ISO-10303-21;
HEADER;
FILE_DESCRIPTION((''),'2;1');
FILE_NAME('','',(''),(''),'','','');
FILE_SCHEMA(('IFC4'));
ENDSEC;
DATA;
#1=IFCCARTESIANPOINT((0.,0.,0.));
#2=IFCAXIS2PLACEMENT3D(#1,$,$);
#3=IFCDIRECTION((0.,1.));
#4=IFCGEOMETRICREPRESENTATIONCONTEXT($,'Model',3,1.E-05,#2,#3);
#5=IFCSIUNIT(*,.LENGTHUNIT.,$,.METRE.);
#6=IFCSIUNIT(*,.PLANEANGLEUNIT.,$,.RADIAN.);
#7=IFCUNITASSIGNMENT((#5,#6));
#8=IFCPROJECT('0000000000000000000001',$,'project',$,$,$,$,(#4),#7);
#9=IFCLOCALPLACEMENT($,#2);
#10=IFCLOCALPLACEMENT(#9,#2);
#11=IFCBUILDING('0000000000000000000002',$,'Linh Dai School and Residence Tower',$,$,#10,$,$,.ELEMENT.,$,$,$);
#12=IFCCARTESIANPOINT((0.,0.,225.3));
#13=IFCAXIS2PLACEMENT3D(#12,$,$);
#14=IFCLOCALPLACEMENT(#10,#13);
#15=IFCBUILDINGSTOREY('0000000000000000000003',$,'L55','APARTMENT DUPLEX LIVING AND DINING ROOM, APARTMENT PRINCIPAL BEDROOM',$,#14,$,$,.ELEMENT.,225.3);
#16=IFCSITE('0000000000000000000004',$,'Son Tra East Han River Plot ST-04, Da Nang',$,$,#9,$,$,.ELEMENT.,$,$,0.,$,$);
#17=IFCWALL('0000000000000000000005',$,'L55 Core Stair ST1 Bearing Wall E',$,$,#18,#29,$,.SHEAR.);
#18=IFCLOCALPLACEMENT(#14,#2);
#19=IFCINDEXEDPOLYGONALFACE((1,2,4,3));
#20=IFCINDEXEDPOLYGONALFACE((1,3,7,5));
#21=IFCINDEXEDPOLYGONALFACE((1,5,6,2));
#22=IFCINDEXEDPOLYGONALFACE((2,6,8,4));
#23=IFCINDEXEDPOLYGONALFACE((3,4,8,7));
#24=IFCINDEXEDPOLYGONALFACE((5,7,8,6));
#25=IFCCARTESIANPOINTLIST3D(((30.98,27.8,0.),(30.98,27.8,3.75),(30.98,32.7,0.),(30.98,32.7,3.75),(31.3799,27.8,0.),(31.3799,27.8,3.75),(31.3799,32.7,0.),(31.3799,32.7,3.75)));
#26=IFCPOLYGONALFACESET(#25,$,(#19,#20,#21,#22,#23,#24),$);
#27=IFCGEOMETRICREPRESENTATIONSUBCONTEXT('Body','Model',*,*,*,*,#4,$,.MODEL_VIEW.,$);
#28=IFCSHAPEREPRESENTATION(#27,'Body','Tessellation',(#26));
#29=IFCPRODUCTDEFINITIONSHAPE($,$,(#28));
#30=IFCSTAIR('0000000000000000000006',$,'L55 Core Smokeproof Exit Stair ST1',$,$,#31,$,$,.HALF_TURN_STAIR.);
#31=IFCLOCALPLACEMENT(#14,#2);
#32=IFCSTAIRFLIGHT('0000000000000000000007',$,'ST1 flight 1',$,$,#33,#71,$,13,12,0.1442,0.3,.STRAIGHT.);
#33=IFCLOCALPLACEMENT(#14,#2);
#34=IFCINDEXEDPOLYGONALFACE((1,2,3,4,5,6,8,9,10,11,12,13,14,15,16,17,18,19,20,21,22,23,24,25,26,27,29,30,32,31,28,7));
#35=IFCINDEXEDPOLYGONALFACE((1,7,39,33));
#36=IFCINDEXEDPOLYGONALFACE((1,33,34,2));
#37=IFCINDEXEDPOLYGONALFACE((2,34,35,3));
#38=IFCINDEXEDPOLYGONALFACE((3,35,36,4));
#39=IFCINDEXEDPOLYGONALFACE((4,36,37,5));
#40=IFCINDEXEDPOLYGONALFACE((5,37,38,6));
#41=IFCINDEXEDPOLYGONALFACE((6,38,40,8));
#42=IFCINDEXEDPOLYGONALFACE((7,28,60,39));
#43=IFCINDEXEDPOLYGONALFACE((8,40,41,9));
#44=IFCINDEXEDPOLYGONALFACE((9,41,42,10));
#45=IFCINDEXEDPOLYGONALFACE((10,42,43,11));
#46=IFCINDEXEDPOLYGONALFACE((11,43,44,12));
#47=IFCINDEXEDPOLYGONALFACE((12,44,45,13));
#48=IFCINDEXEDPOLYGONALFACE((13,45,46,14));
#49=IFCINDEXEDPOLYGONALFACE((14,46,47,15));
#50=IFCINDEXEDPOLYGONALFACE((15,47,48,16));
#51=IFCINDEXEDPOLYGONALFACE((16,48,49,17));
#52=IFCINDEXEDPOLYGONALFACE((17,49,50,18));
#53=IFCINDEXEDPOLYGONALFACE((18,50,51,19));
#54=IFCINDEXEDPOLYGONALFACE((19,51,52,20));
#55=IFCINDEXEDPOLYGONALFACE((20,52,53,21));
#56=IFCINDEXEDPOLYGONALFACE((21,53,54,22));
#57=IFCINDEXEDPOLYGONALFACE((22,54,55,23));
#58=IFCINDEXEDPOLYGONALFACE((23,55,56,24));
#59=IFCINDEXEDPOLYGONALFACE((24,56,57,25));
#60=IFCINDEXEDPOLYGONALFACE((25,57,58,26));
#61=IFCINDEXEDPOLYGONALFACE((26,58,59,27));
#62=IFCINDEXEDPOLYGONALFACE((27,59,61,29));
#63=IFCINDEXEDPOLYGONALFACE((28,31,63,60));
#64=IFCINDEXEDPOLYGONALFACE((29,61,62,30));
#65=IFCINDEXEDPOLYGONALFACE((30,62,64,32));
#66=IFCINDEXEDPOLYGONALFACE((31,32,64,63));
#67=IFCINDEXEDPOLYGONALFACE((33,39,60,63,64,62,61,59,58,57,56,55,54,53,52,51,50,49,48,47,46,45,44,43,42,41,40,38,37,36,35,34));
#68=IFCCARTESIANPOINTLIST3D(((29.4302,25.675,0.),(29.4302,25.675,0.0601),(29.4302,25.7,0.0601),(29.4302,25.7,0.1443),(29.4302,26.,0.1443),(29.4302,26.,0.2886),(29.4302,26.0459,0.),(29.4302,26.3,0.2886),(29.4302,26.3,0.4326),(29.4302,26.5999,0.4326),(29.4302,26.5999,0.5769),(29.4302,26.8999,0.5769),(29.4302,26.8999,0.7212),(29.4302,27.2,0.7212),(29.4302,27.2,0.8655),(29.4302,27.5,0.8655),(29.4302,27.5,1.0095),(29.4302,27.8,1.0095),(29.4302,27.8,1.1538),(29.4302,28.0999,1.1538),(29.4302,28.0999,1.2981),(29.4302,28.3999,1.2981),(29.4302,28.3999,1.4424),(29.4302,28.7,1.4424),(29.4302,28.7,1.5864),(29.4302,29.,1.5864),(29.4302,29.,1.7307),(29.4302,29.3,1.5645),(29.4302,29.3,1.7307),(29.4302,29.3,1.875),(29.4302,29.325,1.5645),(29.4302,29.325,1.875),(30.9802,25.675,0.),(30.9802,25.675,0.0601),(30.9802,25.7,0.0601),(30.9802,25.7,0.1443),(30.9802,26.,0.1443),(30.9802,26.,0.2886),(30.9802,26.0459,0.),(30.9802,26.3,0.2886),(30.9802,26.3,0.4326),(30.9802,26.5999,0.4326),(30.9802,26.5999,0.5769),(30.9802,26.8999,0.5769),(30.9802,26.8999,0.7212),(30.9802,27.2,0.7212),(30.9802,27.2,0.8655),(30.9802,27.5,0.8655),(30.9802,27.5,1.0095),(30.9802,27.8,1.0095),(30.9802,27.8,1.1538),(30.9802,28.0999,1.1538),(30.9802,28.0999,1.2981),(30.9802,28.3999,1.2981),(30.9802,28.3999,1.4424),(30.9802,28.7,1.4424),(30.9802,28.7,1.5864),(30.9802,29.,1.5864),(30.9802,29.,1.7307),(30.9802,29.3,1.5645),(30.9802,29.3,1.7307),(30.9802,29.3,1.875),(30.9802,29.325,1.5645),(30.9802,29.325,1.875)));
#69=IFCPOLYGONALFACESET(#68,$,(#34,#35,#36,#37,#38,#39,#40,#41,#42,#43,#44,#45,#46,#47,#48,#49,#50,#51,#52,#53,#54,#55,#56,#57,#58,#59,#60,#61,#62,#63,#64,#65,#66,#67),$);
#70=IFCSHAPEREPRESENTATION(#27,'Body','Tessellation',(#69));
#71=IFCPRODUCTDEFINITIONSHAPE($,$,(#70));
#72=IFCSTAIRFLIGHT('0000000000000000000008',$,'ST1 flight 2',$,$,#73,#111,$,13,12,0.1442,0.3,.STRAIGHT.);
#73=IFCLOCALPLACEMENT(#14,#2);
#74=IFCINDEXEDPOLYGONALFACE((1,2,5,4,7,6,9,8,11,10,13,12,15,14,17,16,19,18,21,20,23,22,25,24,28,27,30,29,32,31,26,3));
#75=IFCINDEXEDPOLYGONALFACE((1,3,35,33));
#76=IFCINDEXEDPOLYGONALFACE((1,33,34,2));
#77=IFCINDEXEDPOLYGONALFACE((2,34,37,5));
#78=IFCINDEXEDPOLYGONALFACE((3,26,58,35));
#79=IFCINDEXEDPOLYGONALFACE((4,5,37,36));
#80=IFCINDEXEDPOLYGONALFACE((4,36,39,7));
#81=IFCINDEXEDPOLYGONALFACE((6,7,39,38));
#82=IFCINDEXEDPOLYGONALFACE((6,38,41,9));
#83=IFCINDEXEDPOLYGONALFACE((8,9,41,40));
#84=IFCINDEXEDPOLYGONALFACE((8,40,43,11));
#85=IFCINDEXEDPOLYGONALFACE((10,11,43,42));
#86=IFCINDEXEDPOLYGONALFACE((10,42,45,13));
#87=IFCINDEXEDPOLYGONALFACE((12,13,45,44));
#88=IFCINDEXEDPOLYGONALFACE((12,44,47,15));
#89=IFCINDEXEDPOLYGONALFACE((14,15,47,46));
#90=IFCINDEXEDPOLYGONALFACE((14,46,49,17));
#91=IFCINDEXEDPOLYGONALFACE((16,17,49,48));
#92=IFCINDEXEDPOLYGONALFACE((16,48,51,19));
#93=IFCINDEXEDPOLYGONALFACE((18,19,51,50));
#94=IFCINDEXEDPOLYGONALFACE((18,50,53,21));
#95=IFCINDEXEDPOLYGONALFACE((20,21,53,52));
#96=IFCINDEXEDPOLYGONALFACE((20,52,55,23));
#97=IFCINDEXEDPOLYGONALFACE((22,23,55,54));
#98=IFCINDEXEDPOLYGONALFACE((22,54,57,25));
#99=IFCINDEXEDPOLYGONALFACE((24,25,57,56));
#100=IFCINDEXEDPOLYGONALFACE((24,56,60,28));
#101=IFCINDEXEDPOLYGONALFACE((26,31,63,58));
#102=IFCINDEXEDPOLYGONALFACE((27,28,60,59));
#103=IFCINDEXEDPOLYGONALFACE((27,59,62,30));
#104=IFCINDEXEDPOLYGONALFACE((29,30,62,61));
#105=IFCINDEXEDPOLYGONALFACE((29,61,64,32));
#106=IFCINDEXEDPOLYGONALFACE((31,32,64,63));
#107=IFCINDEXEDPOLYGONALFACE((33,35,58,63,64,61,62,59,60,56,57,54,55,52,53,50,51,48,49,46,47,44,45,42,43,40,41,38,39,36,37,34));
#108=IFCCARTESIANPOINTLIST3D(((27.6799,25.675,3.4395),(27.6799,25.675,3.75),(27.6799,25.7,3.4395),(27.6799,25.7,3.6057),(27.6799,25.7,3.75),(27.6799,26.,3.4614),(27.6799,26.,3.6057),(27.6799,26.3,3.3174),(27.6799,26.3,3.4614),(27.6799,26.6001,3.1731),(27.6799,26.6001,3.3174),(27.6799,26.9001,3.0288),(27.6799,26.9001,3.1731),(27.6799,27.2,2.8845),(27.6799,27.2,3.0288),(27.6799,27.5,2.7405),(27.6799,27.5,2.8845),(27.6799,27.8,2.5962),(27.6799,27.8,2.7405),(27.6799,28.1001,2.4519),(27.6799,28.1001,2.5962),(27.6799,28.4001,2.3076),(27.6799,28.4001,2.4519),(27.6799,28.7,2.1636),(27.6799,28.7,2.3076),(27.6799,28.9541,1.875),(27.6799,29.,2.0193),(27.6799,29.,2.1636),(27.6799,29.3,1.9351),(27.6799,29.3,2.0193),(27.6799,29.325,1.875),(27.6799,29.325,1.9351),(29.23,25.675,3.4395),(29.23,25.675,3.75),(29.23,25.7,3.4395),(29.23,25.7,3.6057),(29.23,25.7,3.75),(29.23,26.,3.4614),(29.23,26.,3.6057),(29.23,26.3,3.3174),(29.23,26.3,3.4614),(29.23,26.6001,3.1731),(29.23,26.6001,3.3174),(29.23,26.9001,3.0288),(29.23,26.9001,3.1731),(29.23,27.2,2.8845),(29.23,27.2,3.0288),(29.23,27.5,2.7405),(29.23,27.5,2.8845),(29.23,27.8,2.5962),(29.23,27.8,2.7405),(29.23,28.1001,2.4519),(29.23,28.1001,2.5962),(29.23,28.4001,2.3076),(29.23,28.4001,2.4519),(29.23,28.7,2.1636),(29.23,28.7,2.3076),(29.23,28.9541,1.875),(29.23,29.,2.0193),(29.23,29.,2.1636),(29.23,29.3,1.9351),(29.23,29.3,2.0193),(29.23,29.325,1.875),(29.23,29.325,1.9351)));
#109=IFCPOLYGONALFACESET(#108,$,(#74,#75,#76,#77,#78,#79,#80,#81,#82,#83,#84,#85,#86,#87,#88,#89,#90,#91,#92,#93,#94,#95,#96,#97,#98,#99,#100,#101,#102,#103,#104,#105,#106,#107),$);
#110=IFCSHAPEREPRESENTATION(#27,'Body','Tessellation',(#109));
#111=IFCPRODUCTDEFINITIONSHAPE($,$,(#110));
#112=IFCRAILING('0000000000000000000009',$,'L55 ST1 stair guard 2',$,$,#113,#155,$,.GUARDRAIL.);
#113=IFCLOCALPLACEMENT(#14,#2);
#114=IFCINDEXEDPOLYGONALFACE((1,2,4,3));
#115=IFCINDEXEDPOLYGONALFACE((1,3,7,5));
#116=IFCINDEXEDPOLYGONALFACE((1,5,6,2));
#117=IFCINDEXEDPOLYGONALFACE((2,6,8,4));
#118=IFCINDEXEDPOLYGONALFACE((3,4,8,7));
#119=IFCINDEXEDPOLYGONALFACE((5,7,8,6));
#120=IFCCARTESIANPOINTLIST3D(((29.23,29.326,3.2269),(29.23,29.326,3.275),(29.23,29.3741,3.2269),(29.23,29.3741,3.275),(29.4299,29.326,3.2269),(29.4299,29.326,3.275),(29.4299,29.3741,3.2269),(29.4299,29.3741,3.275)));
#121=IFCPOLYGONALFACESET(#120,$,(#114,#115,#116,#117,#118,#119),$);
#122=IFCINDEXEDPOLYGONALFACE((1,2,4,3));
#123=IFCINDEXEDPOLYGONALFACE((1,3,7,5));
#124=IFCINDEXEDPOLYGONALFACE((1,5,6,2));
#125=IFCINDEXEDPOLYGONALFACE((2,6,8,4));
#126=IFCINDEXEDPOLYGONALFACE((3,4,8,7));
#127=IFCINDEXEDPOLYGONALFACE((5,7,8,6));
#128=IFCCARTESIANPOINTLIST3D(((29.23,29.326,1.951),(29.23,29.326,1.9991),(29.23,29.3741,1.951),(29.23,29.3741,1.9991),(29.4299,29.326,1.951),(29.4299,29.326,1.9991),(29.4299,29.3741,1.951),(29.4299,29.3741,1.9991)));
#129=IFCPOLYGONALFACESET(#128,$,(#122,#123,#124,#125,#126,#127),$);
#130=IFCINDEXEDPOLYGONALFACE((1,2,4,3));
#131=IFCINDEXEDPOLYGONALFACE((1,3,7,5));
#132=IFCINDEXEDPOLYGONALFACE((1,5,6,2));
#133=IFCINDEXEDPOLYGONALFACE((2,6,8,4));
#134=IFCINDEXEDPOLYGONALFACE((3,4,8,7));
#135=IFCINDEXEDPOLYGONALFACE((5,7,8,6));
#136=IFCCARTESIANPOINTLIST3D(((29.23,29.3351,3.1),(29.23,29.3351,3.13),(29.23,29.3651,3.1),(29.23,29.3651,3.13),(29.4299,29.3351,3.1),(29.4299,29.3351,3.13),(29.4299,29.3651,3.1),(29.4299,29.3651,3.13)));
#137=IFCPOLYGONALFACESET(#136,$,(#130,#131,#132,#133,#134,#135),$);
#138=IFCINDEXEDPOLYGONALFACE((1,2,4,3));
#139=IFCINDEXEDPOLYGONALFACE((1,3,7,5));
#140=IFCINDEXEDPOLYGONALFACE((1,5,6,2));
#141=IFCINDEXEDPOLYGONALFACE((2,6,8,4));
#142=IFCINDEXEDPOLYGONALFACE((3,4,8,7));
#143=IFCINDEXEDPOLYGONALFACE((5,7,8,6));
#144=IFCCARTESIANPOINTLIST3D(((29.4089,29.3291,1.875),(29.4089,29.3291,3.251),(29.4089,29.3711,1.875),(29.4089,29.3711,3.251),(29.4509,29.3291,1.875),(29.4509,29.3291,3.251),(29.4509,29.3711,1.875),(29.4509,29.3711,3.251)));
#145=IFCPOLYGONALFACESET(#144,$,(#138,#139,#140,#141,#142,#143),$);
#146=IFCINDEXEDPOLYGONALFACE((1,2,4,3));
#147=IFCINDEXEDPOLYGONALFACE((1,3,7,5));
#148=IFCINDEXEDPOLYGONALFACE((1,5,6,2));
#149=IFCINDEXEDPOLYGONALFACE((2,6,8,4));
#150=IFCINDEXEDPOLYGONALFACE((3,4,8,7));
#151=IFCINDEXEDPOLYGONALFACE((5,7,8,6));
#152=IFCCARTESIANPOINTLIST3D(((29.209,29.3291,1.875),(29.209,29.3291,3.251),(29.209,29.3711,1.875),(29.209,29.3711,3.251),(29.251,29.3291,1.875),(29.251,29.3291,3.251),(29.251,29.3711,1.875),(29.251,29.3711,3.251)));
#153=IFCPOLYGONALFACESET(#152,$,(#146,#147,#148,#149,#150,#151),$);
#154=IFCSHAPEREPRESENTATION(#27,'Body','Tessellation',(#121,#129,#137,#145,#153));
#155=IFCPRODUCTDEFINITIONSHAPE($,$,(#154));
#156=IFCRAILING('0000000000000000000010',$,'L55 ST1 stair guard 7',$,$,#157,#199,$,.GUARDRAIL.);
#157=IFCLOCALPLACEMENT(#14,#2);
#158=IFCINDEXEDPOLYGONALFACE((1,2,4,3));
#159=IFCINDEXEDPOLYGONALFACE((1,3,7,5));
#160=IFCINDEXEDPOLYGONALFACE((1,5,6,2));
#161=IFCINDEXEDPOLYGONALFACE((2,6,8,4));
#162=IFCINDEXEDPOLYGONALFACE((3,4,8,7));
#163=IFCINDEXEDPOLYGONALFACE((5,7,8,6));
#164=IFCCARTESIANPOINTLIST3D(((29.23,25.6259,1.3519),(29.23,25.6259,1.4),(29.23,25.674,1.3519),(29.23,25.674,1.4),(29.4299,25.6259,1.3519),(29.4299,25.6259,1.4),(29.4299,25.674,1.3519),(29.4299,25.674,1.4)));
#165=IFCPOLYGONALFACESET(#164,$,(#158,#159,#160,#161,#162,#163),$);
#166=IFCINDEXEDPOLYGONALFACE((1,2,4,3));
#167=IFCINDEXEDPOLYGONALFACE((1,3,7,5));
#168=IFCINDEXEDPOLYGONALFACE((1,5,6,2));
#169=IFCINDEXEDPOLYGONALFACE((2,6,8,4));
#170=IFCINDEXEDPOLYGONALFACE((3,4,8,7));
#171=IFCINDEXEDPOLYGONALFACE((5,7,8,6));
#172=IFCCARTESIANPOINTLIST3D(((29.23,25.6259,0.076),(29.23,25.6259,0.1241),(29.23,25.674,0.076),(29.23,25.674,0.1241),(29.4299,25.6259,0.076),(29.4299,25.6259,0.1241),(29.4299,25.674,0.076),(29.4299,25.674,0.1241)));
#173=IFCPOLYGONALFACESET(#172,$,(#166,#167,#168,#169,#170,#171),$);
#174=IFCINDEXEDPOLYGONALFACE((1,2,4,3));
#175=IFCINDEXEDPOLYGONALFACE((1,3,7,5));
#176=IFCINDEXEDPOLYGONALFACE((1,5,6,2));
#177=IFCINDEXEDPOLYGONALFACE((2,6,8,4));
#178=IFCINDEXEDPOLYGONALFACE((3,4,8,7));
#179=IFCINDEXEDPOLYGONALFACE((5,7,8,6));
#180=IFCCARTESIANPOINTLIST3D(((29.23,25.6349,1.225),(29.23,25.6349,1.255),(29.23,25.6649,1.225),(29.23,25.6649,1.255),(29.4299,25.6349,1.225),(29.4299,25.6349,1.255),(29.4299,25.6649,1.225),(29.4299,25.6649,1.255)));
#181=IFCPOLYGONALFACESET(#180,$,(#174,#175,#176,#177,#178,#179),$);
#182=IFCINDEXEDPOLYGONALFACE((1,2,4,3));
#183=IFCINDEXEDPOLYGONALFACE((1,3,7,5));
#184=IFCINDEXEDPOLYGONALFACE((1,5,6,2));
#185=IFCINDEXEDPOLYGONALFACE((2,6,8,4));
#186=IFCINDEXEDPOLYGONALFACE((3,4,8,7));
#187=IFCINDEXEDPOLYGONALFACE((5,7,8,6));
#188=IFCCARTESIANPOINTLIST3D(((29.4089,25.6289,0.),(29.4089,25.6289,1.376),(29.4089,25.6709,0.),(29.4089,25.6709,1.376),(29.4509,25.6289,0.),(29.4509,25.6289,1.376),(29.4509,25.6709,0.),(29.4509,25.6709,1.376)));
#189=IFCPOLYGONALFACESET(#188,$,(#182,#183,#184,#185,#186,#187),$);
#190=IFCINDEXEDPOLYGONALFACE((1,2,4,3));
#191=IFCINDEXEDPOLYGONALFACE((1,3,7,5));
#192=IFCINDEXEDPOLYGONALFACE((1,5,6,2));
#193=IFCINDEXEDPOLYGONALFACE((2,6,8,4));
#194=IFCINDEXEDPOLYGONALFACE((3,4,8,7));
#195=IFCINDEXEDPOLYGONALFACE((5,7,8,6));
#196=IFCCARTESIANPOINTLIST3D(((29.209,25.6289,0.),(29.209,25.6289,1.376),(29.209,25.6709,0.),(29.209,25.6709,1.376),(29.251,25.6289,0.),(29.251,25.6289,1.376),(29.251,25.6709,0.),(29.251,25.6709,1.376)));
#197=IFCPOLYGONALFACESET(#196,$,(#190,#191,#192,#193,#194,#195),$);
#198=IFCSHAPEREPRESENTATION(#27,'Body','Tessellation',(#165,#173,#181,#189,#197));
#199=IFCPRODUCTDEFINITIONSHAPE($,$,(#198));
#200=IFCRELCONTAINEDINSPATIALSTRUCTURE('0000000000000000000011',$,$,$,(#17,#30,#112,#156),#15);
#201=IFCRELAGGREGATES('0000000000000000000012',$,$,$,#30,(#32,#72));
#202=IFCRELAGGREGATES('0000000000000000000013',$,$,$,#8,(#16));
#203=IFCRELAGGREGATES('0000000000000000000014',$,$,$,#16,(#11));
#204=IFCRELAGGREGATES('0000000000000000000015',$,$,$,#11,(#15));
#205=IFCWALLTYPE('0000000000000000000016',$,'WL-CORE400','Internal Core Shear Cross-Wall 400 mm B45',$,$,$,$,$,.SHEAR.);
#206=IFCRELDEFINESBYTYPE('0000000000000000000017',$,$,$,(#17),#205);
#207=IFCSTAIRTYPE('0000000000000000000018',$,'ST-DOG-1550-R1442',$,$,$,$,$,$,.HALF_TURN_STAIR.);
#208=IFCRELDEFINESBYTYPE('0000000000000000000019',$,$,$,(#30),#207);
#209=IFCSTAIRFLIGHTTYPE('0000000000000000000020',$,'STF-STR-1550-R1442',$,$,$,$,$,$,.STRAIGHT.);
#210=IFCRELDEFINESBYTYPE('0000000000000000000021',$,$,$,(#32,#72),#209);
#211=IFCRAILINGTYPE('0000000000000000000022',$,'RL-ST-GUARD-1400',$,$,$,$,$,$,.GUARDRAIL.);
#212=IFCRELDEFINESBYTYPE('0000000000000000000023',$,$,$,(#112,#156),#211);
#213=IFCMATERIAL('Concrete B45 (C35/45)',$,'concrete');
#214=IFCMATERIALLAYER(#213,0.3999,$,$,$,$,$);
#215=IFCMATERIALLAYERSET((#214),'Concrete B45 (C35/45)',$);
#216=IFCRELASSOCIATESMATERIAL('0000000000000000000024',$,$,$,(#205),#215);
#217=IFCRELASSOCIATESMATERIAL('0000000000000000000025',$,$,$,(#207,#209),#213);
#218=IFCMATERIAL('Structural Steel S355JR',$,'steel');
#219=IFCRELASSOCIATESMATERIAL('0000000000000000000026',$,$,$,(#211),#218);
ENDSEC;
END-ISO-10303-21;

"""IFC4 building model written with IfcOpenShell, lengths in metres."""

from ifc_helpers import new_model, si_unit, direction, frame, frame_2d, origin, origin_2d, place, context, subcontext, project, spatial, polyline, rectangle, outline, extrude, source, transform, mapped, material, layer, layer_set, type_object, element, aggregate, save


model = new_model("IFC4")

# Units and contexts
model_context = context("Model", 3, precision=1e-05, world=origin(), true_north=direction((0.0, 1.0)))
body_context = subcontext(model_context, "Body", "Model", "MODEL_VIEW")
ifc_project = project(units=[si_unit("LENGTHUNIT", "METRE"), si_unit("PLANEANGLEUNIT", "RADIAN")], contexts=[model_context])

# Site, building, storey
site_placement = place(None, origin())
site = spatial("IfcSite", under=ifc_project, at=site_placement, Name="Son Tra East Han River Plot ST-04, Da Nang", CompositionType="ELEMENT", RefElevation=0.0)
building_placement = place(site_placement, origin())
building = spatial("IfcBuilding", under=site, at=building_placement, Name="Linh Dai School and Residence Tower", CompositionType="ELEMENT")
storey_placement = place(building_placement, frame((0.0, 0.0, 225.3)))
storey = spatial("IfcBuildingStorey", under=building, at=storey_placement, Name="L55", Description="APARTMENT DUPLEX LIVING AND DINING ROOM, APARTMENT PRINCIPAL BEDROOM", CompositionType="ELEMENT", Elevation=225.3)

# Shared definitions
ifc_material_1 = material(Name="Structural Steel S355JR", Category="steel")

# Shared definitions
ifc_material_2 = material(Name="Concrete B45 (C35/45)", Category="concrete")

# Wall
ifc_layer_1 = layer(ifc_material_2, 0.3999)
ifc_layer_set_1 = layer_set([ifc_layer_1], Name="Concrete B45 (C35/45)")
wall_type_1 = type_object("IfcWallType", Name="WL-CORE400", Description="Internal Core Shear Cross-Wall 400 mm B45", PredefinedType="SHEAR", material=ifc_layer_set_1)
wall_1_placement = place(storey_placement, frame((31.1799, 27.8, 0.0), z_axis=(0.0, 0.0, 1.0), x_axis=(0.0, 1.0, 0.0)))
element("IfcWall", 1, at=wall_1_placement, inside=storey, type_object=wall_type_1, Name="L55 Core Stair ST1 Bearing Wall E", PredefinedType="SHEAR", context=body_context, shape_type="SweptSolid", body=[
    extrude(rectangle(XDim=4.8999, YDim=0.3999, at=frame_2d((2.45, 0.0))), origin(), (0.0, 0.0, 1.0), 3.75),
])

# Stair, stair flights
stair_type = type_object("IfcStairType", Name="ST-DOG-1550-R1442", PredefinedType="HALF_TURN_STAIR", material=ifc_material_2)
stair_placement = place(storey_placement, origin())
stair = element("IfcStair", 2, at=stair_placement, inside=storey, type_object=stair_type, Name="L55 Core Smokeproof Exit Stair ST1", PredefinedType="HALF_TURN_STAIR")
stair_flight_type = type_object("IfcStairFlightType", Name="STF-STR-1550-R1442", PredefinedType="STRAIGHT", material=ifc_material_2)
shared_shape_1 = source(origin(), body_context, "Body", "SweptSolid", [
    extrude(outline(polyline([(-0.0249, 0.0), (-0.0249, 0.0601), (0.0, 0.0601), (0.0, 0.1443), (0.3, 0.1443), (0.3, 0.2886), (0.6001, 0.2886), (0.6001, 0.4326), (0.8999, 0.4326), (0.8999, 0.5769), (1.2, 0.5769), (1.2, 0.7212), (1.5, 0.7212), (1.5, 0.8655), (1.8, 0.8655), (1.8, 1.0095), (2.1001, 1.0095), (2.1001, 1.1538), (2.3999, 1.1538), (2.3999, 1.2981), (2.7, 1.2981), (2.7, 1.4424), (3.0, 1.4424), (3.0, 1.5864), (3.3, 1.5864), (3.3, 1.7307), (3.6001, 1.7307), (3.6001, 1.875), (3.625, 1.875), (3.625, 1.5645), (3.6001, 1.5645), (0.3459, 0.0), (-0.0249, 0.0)])), frame((0.0, 0.7749, 0.0), z_axis=(0.0, -1.0, 0.0), x_axis=(1.0, 0.0, 0.0)), (0.0, 0.0, 1.0), 1.55),
])
stair_flight_1_placement = place(storey_placement, frame((30.2051, 25.7, 0.0), z_axis=(0.0, 0.0, 1.0), x_axis=(0.0, 1.0, 0.0)))
stair_flight_1 = element("IfcStairFlight", 3, at=stair_flight_1_placement, type_object=stair_flight_type, Name="ST1 flight 1", NumberOfRisers=13, NumberOfTreads=12, PredefinedType="STRAIGHT", RiserHeight=0.1442, TreadLength=0.3, context=body_context, shape_type="MappedRepresentation", body=[
    mapped(shared_shape_1, transform((0.0, 0.0, 0.0), x_axis=(1.0, 0.0, 0.0), y_axis=(0.0, 1.0, 0.0), z_axis=(0.0, 0.0, 1.0), scale=1.0)),
])
stair_flight_2_placement = place(storey_placement, frame((28.4551, 29.3, 1.875), z_axis=(0.0, 0.0, 1.0), x_axis=(0.0, -1.0, 0.0)))
stair_flight_2 = element("IfcStairFlight", 4, at=stair_flight_2_placement, type_object=stair_flight_type, Name="ST1 flight 2", NumberOfRisers=13, NumberOfTreads=12, PredefinedType="STRAIGHT", RiserHeight=0.1442, TreadLength=0.3, context=body_context, shape_type="MappedRepresentation", body=[
    mapped(shared_shape_1, transform((0.0, 0.0, 0.0), x_axis=(1.0, 0.0, 0.0), y_axis=(0.0, 1.0, 0.0), z_axis=(0.0, 0.0, 1.0), scale=1.0)),
])
aggregate(stair, [stair_flight_1, stair_flight_2])

# Railings
railing_type_1 = type_object("IfcRailingType", Name="RL-ST-GUARD-1400", PredefinedType="GUARDRAIL", material=ifc_material_1)
shared_shape_2 = source(origin(), body_context, "Body", "SweptSolid", [
    extrude(rectangle(XDim=0.0481, YDim=0.0481, at=origin_2d()), frame((0.0, 0.0, 1.376), z_axis=(-1.0, 0.0, 0.0), x_axis=(0.0, -1.0, 0.0)), (0.0, 0.0, 1.0), 0.2),
    extrude(rectangle(XDim=0.0481, YDim=0.0481, at=origin_2d()), frame((0.0, 0.0, 0.1001), z_axis=(-1.0, 0.0, 0.0), x_axis=(0.0, -1.0, 0.0)), (0.0, 0.0, 1.0), 0.2),
    extrude(rectangle(XDim=0.03, YDim=0.03, at=origin_2d()), frame((0.0, 0.0, 1.24), z_axis=(-1.0, 0.0, 0.0), x_axis=(0.0, -1.0, 0.0)), (0.0, 0.0, 1.0), 0.2),
    extrude(rectangle(XDim=0.042, YDim=0.042, at=origin_2d()), origin(), (0.0, 0.0, 1.0), 1.376),
    extrude(rectangle(XDim=0.042, YDim=0.042, at=origin_2d()), frame((-0.2, 0.0, 0.0)), (0.0, 0.0, 1.0), 1.376),
])
for number, where, name in (
    (5, (29.4299, 29.3501, 1.875), "L55 ST1 stair guard 2"),
    (6, (29.4299, 25.6499, 0.0), "L55 ST1 stair guard 7"),
):
    element("IfcRailing", number, at=place(storey_placement, frame(where)), inside=storey, type_object=railing_type_1, Name=name, PredefinedType="GUARDRAIL", context=body_context, shape_type="MappedRepresentation", body=[
        mapped(shared_shape_2, transform((0.0, 0.0, 0.0), x_axis=(1.0, 0.0, 0.0), y_axis=(0.0, 1.0, 0.0), z_axis=(0.0, 0.0, 1.0), scale=1.0)),
    ])

save(model, "model.ifc")
